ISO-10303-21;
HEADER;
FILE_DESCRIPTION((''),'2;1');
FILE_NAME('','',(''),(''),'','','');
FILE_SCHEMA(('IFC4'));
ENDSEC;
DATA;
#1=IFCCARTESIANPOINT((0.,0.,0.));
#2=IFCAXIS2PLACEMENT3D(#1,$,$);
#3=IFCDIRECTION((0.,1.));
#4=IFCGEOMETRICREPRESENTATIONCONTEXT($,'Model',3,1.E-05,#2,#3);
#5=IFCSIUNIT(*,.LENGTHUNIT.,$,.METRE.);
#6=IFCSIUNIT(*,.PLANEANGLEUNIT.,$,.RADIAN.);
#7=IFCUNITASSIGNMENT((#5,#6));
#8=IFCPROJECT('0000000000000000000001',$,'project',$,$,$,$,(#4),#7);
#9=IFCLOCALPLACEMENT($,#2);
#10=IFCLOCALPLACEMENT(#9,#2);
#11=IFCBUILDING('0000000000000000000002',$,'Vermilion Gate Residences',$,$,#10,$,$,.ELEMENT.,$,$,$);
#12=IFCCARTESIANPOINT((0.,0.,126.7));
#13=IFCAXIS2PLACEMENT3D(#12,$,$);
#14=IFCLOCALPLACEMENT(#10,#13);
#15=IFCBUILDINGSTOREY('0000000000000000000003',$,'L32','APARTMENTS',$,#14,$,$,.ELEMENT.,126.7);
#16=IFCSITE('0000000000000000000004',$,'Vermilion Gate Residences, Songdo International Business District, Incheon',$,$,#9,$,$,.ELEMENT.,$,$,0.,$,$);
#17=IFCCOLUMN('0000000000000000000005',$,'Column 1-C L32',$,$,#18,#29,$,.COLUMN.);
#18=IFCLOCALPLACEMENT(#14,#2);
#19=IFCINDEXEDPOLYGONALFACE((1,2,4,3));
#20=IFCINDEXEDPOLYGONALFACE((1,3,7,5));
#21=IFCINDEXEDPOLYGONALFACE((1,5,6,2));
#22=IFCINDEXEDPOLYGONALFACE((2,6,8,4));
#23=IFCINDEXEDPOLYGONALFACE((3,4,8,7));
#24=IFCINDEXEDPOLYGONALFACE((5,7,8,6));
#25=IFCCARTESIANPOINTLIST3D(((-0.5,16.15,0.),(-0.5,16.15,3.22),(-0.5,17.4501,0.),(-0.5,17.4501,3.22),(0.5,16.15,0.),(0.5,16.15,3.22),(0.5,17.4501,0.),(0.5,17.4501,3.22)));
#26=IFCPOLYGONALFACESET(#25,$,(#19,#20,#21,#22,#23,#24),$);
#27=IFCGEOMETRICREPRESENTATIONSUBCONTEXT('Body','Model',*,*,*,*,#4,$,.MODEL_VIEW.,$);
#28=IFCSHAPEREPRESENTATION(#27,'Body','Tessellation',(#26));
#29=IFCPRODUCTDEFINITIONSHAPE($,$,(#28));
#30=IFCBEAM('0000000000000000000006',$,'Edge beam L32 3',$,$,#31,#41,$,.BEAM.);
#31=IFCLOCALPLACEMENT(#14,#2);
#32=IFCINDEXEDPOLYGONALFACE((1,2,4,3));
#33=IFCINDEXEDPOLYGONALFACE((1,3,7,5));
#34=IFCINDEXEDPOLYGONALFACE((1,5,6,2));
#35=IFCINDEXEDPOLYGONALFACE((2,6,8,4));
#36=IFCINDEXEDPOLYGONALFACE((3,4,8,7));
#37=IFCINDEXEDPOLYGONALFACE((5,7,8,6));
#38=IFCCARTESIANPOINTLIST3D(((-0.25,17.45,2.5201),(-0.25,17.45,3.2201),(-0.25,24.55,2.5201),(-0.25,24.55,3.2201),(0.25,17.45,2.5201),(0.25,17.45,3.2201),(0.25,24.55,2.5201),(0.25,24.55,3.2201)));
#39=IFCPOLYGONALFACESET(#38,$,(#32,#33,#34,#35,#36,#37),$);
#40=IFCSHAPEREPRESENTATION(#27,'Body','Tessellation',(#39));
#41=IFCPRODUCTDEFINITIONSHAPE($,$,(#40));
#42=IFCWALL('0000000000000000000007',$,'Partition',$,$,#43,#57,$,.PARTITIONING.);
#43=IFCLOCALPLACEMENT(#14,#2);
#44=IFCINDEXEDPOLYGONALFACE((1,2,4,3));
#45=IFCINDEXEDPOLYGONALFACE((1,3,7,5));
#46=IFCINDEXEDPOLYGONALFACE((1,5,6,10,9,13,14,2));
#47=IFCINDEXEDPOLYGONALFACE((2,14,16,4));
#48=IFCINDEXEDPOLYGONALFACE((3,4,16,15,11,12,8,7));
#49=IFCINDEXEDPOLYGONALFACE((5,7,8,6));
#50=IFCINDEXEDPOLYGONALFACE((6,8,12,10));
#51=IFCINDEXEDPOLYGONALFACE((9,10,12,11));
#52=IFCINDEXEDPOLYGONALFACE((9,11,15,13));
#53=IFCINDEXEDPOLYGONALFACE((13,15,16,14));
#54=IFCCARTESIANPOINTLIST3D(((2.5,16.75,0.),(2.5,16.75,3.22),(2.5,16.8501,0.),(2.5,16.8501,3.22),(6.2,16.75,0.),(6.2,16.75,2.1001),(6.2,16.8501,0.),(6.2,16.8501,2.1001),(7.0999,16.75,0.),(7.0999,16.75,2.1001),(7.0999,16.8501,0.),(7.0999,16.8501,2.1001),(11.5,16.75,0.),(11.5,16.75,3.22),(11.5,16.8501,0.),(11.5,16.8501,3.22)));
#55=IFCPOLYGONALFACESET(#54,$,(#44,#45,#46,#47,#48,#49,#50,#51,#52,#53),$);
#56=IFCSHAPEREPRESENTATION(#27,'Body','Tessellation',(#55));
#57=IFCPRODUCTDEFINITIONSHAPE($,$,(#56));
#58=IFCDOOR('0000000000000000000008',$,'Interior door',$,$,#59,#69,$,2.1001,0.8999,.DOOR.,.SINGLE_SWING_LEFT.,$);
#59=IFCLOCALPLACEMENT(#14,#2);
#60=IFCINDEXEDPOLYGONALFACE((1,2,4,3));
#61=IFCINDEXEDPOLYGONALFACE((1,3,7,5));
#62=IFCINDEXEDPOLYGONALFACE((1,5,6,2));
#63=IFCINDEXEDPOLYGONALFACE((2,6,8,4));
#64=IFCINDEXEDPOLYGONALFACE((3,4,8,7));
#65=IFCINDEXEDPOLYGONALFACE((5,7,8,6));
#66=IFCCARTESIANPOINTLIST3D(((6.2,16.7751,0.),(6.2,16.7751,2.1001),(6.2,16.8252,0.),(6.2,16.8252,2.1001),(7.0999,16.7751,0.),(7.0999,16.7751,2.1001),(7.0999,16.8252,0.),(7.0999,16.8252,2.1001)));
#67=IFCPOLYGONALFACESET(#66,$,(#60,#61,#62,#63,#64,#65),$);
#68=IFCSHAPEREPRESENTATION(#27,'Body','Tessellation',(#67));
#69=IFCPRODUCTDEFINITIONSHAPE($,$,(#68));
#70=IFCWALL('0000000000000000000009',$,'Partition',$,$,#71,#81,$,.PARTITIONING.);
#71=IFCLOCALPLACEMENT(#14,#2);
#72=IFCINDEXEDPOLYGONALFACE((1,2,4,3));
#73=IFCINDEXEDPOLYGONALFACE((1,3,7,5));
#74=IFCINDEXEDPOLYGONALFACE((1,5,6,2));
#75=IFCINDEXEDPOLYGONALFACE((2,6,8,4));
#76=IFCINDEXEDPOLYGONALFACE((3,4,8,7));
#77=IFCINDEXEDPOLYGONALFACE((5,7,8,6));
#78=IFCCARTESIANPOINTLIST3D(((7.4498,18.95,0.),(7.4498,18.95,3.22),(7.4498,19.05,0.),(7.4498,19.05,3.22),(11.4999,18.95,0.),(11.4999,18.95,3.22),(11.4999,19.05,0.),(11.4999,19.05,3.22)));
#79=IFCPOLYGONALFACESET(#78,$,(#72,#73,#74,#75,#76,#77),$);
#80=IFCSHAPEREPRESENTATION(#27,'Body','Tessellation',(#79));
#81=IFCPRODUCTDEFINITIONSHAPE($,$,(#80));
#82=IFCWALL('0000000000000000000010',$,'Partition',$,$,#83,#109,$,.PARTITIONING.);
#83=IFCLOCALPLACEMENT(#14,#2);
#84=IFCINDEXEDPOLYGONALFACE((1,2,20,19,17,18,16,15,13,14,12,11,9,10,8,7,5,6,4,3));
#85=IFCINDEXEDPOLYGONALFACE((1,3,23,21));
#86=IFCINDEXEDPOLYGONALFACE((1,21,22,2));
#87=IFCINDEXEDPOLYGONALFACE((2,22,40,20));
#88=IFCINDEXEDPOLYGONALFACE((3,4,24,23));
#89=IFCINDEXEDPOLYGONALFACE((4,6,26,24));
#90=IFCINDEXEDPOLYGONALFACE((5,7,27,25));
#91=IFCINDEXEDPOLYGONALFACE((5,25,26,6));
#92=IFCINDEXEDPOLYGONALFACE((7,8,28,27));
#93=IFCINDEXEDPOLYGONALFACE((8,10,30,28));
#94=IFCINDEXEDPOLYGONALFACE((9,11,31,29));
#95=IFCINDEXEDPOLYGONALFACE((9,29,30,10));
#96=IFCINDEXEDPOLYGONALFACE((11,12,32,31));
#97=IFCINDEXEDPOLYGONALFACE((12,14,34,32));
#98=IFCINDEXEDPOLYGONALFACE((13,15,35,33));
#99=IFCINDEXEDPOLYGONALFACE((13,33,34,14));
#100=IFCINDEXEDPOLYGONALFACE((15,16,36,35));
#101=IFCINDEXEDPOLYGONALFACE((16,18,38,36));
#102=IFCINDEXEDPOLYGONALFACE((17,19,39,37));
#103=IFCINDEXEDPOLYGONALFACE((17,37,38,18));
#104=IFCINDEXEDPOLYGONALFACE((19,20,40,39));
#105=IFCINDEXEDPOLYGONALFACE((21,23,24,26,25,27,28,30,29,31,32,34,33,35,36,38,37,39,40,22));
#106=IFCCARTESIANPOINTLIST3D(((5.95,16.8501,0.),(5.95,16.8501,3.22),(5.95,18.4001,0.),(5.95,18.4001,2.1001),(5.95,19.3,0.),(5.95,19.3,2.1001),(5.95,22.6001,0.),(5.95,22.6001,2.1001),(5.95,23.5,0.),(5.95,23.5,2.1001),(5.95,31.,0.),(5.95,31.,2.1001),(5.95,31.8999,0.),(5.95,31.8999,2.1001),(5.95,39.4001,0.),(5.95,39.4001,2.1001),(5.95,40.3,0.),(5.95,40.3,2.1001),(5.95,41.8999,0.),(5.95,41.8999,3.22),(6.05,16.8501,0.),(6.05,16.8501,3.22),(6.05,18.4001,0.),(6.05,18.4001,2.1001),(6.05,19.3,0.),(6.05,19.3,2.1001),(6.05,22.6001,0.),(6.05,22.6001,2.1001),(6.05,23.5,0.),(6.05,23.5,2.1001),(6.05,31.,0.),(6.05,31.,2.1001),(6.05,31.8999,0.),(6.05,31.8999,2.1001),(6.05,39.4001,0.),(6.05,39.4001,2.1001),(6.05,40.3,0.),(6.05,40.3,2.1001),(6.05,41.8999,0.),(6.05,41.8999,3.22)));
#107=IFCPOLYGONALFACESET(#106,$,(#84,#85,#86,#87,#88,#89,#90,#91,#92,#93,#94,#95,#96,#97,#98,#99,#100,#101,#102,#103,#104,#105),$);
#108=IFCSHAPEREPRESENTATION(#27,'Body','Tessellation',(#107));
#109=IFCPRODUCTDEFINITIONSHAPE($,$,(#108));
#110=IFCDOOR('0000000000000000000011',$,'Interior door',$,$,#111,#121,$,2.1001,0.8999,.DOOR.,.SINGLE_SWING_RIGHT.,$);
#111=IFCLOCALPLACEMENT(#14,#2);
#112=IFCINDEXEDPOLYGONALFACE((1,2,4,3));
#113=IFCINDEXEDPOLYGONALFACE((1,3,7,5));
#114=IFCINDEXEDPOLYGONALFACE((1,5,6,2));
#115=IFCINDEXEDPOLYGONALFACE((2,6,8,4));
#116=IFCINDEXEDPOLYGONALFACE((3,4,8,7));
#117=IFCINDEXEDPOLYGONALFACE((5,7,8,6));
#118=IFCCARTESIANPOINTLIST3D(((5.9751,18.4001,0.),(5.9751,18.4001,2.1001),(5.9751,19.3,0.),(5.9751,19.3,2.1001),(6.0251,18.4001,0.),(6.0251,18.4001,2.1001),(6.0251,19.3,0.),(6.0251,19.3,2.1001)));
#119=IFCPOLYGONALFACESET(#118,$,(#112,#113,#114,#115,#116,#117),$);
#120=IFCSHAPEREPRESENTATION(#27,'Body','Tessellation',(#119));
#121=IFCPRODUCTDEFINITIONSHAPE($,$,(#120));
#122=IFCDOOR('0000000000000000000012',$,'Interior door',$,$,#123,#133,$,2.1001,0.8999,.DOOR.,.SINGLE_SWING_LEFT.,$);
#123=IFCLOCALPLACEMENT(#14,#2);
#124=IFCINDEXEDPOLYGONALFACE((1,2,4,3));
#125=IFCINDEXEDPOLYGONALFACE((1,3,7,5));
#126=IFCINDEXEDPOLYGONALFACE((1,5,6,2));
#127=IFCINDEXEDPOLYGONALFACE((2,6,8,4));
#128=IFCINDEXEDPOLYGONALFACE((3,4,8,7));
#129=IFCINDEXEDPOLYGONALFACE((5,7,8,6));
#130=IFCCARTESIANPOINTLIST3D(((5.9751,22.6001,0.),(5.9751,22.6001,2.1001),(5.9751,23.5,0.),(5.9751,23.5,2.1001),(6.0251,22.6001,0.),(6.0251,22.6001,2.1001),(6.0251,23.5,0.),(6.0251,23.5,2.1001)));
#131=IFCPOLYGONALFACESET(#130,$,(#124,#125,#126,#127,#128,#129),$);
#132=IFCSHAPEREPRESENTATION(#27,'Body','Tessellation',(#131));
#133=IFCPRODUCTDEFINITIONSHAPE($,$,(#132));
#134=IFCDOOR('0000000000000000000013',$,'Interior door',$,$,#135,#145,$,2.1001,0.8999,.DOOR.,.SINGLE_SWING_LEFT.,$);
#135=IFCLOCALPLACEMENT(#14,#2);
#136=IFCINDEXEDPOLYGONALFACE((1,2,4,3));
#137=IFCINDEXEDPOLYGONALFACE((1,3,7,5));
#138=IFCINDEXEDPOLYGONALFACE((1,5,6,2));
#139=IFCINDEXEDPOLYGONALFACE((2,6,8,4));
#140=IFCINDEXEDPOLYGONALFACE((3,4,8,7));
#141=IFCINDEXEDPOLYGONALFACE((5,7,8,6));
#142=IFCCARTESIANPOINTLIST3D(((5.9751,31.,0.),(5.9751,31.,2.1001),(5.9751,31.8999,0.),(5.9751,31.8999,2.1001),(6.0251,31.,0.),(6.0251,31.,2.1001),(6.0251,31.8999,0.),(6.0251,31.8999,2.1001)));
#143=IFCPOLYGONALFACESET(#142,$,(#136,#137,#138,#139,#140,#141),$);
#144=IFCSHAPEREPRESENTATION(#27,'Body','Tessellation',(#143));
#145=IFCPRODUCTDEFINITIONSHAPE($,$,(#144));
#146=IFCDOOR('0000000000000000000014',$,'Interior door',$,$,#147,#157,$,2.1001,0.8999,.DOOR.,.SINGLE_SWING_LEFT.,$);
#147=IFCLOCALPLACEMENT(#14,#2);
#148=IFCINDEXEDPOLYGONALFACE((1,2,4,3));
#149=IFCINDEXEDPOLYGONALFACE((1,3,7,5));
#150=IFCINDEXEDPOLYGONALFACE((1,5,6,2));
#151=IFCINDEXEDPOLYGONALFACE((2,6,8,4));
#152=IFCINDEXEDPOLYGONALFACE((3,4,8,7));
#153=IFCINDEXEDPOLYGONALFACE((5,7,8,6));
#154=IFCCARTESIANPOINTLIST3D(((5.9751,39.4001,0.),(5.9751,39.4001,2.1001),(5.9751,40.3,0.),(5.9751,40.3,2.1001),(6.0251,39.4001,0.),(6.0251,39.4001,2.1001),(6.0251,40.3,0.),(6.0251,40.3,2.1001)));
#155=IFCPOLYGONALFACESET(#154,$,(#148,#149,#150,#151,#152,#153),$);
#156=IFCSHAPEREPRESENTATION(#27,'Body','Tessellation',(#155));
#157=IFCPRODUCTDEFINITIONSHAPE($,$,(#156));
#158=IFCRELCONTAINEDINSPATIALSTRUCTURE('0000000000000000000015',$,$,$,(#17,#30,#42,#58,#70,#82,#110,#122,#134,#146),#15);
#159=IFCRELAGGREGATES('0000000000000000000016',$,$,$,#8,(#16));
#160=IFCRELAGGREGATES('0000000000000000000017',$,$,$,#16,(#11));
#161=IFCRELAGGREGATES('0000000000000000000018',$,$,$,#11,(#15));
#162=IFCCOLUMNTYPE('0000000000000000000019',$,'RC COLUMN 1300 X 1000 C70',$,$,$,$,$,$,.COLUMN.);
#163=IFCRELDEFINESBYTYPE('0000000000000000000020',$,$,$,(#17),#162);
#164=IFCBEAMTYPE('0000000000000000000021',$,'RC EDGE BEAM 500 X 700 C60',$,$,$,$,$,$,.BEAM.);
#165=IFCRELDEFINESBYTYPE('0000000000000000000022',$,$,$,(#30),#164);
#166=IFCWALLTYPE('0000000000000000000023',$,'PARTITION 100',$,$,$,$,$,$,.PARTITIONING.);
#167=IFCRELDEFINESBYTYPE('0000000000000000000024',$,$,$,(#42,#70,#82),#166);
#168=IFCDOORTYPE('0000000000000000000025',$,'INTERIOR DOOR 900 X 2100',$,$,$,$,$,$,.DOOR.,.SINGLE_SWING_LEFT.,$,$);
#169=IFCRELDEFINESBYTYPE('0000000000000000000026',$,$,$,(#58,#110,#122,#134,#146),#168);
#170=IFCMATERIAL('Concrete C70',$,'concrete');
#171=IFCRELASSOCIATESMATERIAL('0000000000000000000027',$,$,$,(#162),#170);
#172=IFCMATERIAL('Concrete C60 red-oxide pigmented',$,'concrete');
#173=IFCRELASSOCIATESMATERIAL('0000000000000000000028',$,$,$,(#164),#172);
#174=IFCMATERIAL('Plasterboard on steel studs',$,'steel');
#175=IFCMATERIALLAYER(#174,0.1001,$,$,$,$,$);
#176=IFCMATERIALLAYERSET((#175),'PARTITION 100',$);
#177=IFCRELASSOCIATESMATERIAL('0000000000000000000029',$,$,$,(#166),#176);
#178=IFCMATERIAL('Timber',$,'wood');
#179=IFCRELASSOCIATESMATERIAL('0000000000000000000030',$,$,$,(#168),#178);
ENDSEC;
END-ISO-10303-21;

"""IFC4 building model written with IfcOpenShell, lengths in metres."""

from ifc_helpers import new_model, si_unit, direction, frame, frame_2d, origin, origin_2d, place, context, subcontext, project, spatial, rectangle, extrude, material, layer, layer_set, material_profile, profile_set, type_object, element, fill, save


model = new_model("IFC4")

# Units and contexts
model_context = context("Model", 3, precision=1e-05, world=origin(), true_north=direction((0.0, 1.0)))
body_context = subcontext(model_context, "Body", "Model", "MODEL_VIEW")
ifc_project = project(units=[si_unit("LENGTHUNIT", "METRE"), si_unit("PLANEANGLEUNIT", "RADIAN")], contexts=[model_context])

# Site, building, storey
site_placement = place(None, origin())
site = spatial("IfcSite", under=ifc_project, at=site_placement, Name="Vermilion Gate Residences, Songdo International Business District, Incheon", CompositionType="ELEMENT", RefElevation=0.0)
building_placement = place(site_placement, origin())
building = spatial("IfcBuilding", under=site, at=building_placement, Name="Vermilion Gate Residences", CompositionType="ELEMENT")
storey_placement = place(building_placement, frame((0.0, 0.0, 126.7)))
storey = spatial("IfcBuildingStorey", under=building, at=storey_placement, Name="L32", Description="APARTMENTS", CompositionType="ELEMENT", Elevation=126.7)

# Column
ifc_material_1 = material(Name="Concrete C70", Category="concrete")
ifc_material_profile_1 = material_profile(ifc_material_1, rectangle(XDim=1.3, YDim=1.0, at=origin_2d()), Name="RC-1300x1000")
ifc_profile_set_1 = profile_set([ifc_material_profile_1], Name="Concrete C70")
column_type = type_object("IfcColumnType", Name="RC COLUMN 1300 X 1000 C70", PredefinedType="COLUMN", material=ifc_profile_set_1)
column_placement = place(storey_placement, frame((0.0, 16.8, 0.0), z_axis=(0.0, 0.0, 1.0), x_axis=(0.0, 1.0, 0.0)))
element("IfcColumn", 1, at=column_placement, inside=storey, type_object=column_type, Name="Column 1-C L32", PredefinedType="COLUMN", context=body_context, shape_type="SweptSolid", body=[
    extrude(rectangle(XDim=1.3, YDim=1.0, at=origin_2d()), origin(), (0.0, 0.0, 1.0), 3.22),
])

# Beam
ifc_material_2 = material(Name="Concrete C60 red-oxide pigmented", Category="concrete")
ifc_material_profile_2 = material_profile(ifc_material_2, rectangle(XDim=0.5, YDim=0.7, at=origin_2d()), Name="RC-500x700")
ifc_profile_set_2 = profile_set([ifc_material_profile_2], Name="Concrete C60 red-oxide pigmented")
beam_type = type_object("IfcBeamType", Name="RC EDGE BEAM 500 X 700 C60", PredefinedType="BEAM", material=ifc_profile_set_2)
beam_placement = place(storey_placement, frame((0.0, 17.45, 2.8701), z_axis=(0.0, 1.0, 0.0), x_axis=(-1.0, 0.0, 0.0)))
element("IfcBeam", 2, at=beam_placement, inside=storey, type_object=beam_type, Name="Edge beam L32 3", PredefinedType="BEAM", context=body_context, shape_type="SweptSolid", body=[
    extrude(rectangle(XDim=0.5, YDim=0.7, at=origin_2d()), origin(), (0.0, 0.0, 1.0), 7.1001),
])

# Wall, opening, door
ifc_material_3 = material(Name="Plasterboard on steel studs", Category="steel")
ifc_layer_1 = layer(ifc_material_3, 0.1001)
ifc_layer_set_1 = layer_set([ifc_layer_1], Name="PARTITION 100")
wall_type_1 = type_object("IfcWallType", Name="PARTITION 100", PredefinedType="PARTITIONING", material=ifc_layer_set_1)
wall_1_placement = place(storey_placement, frame((2.5, 16.8, 0.0), z_axis=(0.0, 0.0, 1.0), x_axis=(1.0, 0.0, 0.0)))
wall_1 = element("IfcWall", 3, at=wall_1_placement, inside=storey, type_object=wall_type_1, Name="Partition", PredefinedType="PARTITIONING", context=body_context, shape_type="SweptSolid", body=[
    extrude(rectangle(XDim=9.0, YDim=0.1001, at=frame_2d((4.5, 0.0))), origin(), (0.0, 0.0, 1.0), 3.22),
])
opening_1_placement = place(wall_1_placement, frame((3.7, 0.0, 0.0)))
opening_1 = element("IfcOpeningElement", 4, at=opening_1_placement, cuts=wall_1, PredefinedType="OPENING", context=body_context, shape_type="SweptSolid", body=[
    extrude(rectangle(XDim=0.8999, YDim=2.1001, at=frame_2d((0.45, 1.05))), frame((0.0, 0.0601, 0.0), z_axis=(0.0, -1.0, 0.0), x_axis=(1.0, 0.0, 0.0)), (0.0, 0.0, 1.0), 0.1201),
])
ifc_material_4 = material(Name="Timber", Category="wood")
door_type = type_object("IfcDoorType", Name="INTERIOR DOOR 900 X 2100", OperationType="SINGLE_SWING_LEFT", PredefinedType="DOOR", material=ifc_material_4)
door_1_placement = place(opening_1_placement, frame((0.8999, 0.0, 0.0), z_axis=(0.0, 0.0, 1.0), x_axis=(-1.0, 0.0, 0.0)))
door_1 = element("IfcDoor", 5, at=door_1_placement, inside=storey, type_object=door_type, Name="Interior door", OperationType="SINGLE_SWING_LEFT", OverallHeight=2.1001, OverallWidth=0.8999, PredefinedType="DOOR", context=body_context, shape_type="SweptSolid", body=[
    extrude(rectangle(XDim=0.8999, YDim=2.1001, at=frame_2d((0.45, 1.05))), frame((0.0, 0.0249, 0.0), z_axis=(0.0, -1.0, 0.0), x_axis=(1.0, 0.0, 0.0)), (0.0, 0.0, 1.0), 0.05),
])
fill(opening_1, door_1)

# Wall
wall_2_placement = place(storey_placement, frame((7.45, 19.0, 0.0), z_axis=(0.0, 0.0, 1.0), x_axis=(1.0, 0.0, 0.0)))
element("IfcWall", 6, at=wall_2_placement, inside=storey, type_object=wall_type_1, Name="Partition", PredefinedType="PARTITIONING", context=body_context, shape_type="SweptSolid", body=[
    extrude(rectangle(XDim=4.05, YDim=0.1001, at=frame_2d((2.0249, 0.0))), origin(), (0.0, 0.0, 1.0), 3.22),
])

# Wall, openings, doors
wall_3_placement = place(storey_placement, frame((6.0, 16.8501, 0.0), z_axis=(0.0, 0.0, 1.0), x_axis=(0.0, 1.0, 0.0)))
wall_3 = element("IfcWall", 7, at=wall_3_placement, inside=storey, type_object=wall_type_1, Name="Partition", PredefinedType="PARTITIONING", context=body_context, shape_type="SweptSolid", body=[
    extrude(rectangle(XDim=25.0498, YDim=0.1001, at=frame_2d((12.5249, 0.0))), origin(), (0.0, 0.0, 1.0), 3.22),
])
opening_2_placement = place(wall_3_placement, frame((1.55, 0.0, 0.0)))
opening_2 = element("IfcOpeningElement", 8, at=opening_2_placement, cuts=wall_3, PredefinedType="OPENING", context=body_context, shape_type="SweptSolid", body=[
    extrude(rectangle(XDim=0.8999, YDim=2.1001, at=frame_2d((0.45, 1.05))), frame((0.0, 0.0601, 0.0), z_axis=(0.0, -1.0, 0.0), x_axis=(1.0, 0.0, 0.0)), (0.0, 0.0, 1.0), 0.1201),
])
opening_3_placement = place(wall_3_placement, frame((5.75, 0.0, 0.0)))
opening_3 = element("IfcOpeningElement", 9, at=opening_3_placement, cuts=wall_3, PredefinedType="OPENING", context=body_context, shape_type="SweptSolid", body=[
    extrude(rectangle(XDim=0.8999, YDim=2.1001, at=frame_2d((0.45, 1.05))), frame((0.0, 0.0601, 0.0), z_axis=(0.0, -1.0, 0.0), x_axis=(1.0, 0.0, 0.0)), (0.0, 0.0, 1.0), 0.1201),
])
opening_4_placement = place(wall_3_placement, frame((14.1499, 0.0, 0.0)))
opening_4 = element("IfcOpeningElement", 10, at=opening_4_placement, cuts=wall_3, PredefinedType="OPENING", context=body_context, shape_type="SweptSolid", body=[
    extrude(rectangle(XDim=0.8999, YDim=2.1001, at=frame_2d((0.45, 1.05))), frame((0.0, 0.0601, 0.0), z_axis=(0.0, -1.0, 0.0), x_axis=(1.0, 0.0, 0.0)), (0.0, 0.0, 1.0), 0.1201),
])
opening_5_placement = place(wall_3_placement, frame((22.55, 0.0, 0.0)))
opening_5 = element("IfcOpeningElement", 11, at=opening_5_placement, cuts=wall_3, PredefinedType="OPENING", context=body_context, shape_type="SweptSolid", body=[
    extrude(rectangle(XDim=0.8999, YDim=2.1001, at=frame_2d((0.45, 1.05))), frame((0.0, 0.0601, 0.0), z_axis=(0.0, -1.0, 0.0), x_axis=(1.0, 0.0, 0.0)), (0.0, 0.0, 1.0), 0.1201),
])
door_2_placement = place(opening_2_placement, origin())
door_2 = element("IfcDoor", 12, at=door_2_placement, inside=storey, type_object=door_type, Name="Interior door", OperationType="SINGLE_SWING_RIGHT", OverallHeight=2.1001, OverallWidth=0.8999, PredefinedType="DOOR", context=body_context, shape_type="SweptSolid", body=[
    extrude(rectangle(XDim=0.8999, YDim=2.1001, at=frame_2d((0.45, 1.05))), frame((0.0, 0.0249, 0.0), z_axis=(0.0, -1.0, 0.0), x_axis=(1.0, 0.0, 0.0)), (0.0, 0.0, 1.0), 0.05),
])
fill(opening_2, door_2)
door_3_placement = place(opening_3_placement, origin())
door_3 = element("IfcDoor", 13, at=door_3_placement, inside=storey, type_object=door_type, Name="Interior door", OperationType="SINGLE_SWING_LEFT", OverallHeight=2.1001, OverallWidth=0.8999, PredefinedType="DOOR", context=body_context, shape_type="SweptSolid", body=[
    extrude(rectangle(XDim=0.8999, YDim=2.1001, at=frame_2d((0.45, 1.05))), frame((0.0, 0.0249, 0.0), z_axis=(0.0, -1.0, 0.0), x_axis=(1.0, 0.0, 0.0)), (0.0, 0.0, 1.0), 0.05),
])
fill(opening_3, door_3)
door_4_placement = place(opening_4_placement, origin())
door_4 = element("IfcDoor", 14, at=door_4_placement, inside=storey, type_object=door_type, Name="Interior door", OperationType="SINGLE_SWING_LEFT", OverallHeight=2.1001, OverallWidth=0.8999, PredefinedType="DOOR", context=body_context, shape_type="SweptSolid", body=[
    extrude(rectangle(XDim=0.8999, YDim=2.1001, at=frame_2d((0.45, 1.05))), frame((0.0, 0.0249, 0.0), z_axis=(0.0, -1.0, 0.0), x_axis=(1.0, 0.0, 0.0)), (0.0, 0.0, 1.0), 0.05),
])
fill(opening_4, door_4)
door_5_placement = place(opening_5_placement, origin())
door_5 = element("IfcDoor", 15, at=door_5_placement, inside=storey, type_object=door_type, Name="Interior door", OperationType="SINGLE_SWING_LEFT", OverallHeight=2.1001, OverallWidth=0.8999, PredefinedType="DOOR", context=body_context, shape_type="SweptSolid", body=[
    extrude(rectangle(XDim=0.8999, YDim=2.1001, at=frame_2d((0.45, 1.05))), frame((0.0, 0.0249, 0.0), z_axis=(0.0, -1.0, 0.0), x_axis=(1.0, 0.0, 0.0)), (0.0, 0.0, 1.0), 0.05),
])
fill(opening_5, door_5)

save(model, "model.ifc")
